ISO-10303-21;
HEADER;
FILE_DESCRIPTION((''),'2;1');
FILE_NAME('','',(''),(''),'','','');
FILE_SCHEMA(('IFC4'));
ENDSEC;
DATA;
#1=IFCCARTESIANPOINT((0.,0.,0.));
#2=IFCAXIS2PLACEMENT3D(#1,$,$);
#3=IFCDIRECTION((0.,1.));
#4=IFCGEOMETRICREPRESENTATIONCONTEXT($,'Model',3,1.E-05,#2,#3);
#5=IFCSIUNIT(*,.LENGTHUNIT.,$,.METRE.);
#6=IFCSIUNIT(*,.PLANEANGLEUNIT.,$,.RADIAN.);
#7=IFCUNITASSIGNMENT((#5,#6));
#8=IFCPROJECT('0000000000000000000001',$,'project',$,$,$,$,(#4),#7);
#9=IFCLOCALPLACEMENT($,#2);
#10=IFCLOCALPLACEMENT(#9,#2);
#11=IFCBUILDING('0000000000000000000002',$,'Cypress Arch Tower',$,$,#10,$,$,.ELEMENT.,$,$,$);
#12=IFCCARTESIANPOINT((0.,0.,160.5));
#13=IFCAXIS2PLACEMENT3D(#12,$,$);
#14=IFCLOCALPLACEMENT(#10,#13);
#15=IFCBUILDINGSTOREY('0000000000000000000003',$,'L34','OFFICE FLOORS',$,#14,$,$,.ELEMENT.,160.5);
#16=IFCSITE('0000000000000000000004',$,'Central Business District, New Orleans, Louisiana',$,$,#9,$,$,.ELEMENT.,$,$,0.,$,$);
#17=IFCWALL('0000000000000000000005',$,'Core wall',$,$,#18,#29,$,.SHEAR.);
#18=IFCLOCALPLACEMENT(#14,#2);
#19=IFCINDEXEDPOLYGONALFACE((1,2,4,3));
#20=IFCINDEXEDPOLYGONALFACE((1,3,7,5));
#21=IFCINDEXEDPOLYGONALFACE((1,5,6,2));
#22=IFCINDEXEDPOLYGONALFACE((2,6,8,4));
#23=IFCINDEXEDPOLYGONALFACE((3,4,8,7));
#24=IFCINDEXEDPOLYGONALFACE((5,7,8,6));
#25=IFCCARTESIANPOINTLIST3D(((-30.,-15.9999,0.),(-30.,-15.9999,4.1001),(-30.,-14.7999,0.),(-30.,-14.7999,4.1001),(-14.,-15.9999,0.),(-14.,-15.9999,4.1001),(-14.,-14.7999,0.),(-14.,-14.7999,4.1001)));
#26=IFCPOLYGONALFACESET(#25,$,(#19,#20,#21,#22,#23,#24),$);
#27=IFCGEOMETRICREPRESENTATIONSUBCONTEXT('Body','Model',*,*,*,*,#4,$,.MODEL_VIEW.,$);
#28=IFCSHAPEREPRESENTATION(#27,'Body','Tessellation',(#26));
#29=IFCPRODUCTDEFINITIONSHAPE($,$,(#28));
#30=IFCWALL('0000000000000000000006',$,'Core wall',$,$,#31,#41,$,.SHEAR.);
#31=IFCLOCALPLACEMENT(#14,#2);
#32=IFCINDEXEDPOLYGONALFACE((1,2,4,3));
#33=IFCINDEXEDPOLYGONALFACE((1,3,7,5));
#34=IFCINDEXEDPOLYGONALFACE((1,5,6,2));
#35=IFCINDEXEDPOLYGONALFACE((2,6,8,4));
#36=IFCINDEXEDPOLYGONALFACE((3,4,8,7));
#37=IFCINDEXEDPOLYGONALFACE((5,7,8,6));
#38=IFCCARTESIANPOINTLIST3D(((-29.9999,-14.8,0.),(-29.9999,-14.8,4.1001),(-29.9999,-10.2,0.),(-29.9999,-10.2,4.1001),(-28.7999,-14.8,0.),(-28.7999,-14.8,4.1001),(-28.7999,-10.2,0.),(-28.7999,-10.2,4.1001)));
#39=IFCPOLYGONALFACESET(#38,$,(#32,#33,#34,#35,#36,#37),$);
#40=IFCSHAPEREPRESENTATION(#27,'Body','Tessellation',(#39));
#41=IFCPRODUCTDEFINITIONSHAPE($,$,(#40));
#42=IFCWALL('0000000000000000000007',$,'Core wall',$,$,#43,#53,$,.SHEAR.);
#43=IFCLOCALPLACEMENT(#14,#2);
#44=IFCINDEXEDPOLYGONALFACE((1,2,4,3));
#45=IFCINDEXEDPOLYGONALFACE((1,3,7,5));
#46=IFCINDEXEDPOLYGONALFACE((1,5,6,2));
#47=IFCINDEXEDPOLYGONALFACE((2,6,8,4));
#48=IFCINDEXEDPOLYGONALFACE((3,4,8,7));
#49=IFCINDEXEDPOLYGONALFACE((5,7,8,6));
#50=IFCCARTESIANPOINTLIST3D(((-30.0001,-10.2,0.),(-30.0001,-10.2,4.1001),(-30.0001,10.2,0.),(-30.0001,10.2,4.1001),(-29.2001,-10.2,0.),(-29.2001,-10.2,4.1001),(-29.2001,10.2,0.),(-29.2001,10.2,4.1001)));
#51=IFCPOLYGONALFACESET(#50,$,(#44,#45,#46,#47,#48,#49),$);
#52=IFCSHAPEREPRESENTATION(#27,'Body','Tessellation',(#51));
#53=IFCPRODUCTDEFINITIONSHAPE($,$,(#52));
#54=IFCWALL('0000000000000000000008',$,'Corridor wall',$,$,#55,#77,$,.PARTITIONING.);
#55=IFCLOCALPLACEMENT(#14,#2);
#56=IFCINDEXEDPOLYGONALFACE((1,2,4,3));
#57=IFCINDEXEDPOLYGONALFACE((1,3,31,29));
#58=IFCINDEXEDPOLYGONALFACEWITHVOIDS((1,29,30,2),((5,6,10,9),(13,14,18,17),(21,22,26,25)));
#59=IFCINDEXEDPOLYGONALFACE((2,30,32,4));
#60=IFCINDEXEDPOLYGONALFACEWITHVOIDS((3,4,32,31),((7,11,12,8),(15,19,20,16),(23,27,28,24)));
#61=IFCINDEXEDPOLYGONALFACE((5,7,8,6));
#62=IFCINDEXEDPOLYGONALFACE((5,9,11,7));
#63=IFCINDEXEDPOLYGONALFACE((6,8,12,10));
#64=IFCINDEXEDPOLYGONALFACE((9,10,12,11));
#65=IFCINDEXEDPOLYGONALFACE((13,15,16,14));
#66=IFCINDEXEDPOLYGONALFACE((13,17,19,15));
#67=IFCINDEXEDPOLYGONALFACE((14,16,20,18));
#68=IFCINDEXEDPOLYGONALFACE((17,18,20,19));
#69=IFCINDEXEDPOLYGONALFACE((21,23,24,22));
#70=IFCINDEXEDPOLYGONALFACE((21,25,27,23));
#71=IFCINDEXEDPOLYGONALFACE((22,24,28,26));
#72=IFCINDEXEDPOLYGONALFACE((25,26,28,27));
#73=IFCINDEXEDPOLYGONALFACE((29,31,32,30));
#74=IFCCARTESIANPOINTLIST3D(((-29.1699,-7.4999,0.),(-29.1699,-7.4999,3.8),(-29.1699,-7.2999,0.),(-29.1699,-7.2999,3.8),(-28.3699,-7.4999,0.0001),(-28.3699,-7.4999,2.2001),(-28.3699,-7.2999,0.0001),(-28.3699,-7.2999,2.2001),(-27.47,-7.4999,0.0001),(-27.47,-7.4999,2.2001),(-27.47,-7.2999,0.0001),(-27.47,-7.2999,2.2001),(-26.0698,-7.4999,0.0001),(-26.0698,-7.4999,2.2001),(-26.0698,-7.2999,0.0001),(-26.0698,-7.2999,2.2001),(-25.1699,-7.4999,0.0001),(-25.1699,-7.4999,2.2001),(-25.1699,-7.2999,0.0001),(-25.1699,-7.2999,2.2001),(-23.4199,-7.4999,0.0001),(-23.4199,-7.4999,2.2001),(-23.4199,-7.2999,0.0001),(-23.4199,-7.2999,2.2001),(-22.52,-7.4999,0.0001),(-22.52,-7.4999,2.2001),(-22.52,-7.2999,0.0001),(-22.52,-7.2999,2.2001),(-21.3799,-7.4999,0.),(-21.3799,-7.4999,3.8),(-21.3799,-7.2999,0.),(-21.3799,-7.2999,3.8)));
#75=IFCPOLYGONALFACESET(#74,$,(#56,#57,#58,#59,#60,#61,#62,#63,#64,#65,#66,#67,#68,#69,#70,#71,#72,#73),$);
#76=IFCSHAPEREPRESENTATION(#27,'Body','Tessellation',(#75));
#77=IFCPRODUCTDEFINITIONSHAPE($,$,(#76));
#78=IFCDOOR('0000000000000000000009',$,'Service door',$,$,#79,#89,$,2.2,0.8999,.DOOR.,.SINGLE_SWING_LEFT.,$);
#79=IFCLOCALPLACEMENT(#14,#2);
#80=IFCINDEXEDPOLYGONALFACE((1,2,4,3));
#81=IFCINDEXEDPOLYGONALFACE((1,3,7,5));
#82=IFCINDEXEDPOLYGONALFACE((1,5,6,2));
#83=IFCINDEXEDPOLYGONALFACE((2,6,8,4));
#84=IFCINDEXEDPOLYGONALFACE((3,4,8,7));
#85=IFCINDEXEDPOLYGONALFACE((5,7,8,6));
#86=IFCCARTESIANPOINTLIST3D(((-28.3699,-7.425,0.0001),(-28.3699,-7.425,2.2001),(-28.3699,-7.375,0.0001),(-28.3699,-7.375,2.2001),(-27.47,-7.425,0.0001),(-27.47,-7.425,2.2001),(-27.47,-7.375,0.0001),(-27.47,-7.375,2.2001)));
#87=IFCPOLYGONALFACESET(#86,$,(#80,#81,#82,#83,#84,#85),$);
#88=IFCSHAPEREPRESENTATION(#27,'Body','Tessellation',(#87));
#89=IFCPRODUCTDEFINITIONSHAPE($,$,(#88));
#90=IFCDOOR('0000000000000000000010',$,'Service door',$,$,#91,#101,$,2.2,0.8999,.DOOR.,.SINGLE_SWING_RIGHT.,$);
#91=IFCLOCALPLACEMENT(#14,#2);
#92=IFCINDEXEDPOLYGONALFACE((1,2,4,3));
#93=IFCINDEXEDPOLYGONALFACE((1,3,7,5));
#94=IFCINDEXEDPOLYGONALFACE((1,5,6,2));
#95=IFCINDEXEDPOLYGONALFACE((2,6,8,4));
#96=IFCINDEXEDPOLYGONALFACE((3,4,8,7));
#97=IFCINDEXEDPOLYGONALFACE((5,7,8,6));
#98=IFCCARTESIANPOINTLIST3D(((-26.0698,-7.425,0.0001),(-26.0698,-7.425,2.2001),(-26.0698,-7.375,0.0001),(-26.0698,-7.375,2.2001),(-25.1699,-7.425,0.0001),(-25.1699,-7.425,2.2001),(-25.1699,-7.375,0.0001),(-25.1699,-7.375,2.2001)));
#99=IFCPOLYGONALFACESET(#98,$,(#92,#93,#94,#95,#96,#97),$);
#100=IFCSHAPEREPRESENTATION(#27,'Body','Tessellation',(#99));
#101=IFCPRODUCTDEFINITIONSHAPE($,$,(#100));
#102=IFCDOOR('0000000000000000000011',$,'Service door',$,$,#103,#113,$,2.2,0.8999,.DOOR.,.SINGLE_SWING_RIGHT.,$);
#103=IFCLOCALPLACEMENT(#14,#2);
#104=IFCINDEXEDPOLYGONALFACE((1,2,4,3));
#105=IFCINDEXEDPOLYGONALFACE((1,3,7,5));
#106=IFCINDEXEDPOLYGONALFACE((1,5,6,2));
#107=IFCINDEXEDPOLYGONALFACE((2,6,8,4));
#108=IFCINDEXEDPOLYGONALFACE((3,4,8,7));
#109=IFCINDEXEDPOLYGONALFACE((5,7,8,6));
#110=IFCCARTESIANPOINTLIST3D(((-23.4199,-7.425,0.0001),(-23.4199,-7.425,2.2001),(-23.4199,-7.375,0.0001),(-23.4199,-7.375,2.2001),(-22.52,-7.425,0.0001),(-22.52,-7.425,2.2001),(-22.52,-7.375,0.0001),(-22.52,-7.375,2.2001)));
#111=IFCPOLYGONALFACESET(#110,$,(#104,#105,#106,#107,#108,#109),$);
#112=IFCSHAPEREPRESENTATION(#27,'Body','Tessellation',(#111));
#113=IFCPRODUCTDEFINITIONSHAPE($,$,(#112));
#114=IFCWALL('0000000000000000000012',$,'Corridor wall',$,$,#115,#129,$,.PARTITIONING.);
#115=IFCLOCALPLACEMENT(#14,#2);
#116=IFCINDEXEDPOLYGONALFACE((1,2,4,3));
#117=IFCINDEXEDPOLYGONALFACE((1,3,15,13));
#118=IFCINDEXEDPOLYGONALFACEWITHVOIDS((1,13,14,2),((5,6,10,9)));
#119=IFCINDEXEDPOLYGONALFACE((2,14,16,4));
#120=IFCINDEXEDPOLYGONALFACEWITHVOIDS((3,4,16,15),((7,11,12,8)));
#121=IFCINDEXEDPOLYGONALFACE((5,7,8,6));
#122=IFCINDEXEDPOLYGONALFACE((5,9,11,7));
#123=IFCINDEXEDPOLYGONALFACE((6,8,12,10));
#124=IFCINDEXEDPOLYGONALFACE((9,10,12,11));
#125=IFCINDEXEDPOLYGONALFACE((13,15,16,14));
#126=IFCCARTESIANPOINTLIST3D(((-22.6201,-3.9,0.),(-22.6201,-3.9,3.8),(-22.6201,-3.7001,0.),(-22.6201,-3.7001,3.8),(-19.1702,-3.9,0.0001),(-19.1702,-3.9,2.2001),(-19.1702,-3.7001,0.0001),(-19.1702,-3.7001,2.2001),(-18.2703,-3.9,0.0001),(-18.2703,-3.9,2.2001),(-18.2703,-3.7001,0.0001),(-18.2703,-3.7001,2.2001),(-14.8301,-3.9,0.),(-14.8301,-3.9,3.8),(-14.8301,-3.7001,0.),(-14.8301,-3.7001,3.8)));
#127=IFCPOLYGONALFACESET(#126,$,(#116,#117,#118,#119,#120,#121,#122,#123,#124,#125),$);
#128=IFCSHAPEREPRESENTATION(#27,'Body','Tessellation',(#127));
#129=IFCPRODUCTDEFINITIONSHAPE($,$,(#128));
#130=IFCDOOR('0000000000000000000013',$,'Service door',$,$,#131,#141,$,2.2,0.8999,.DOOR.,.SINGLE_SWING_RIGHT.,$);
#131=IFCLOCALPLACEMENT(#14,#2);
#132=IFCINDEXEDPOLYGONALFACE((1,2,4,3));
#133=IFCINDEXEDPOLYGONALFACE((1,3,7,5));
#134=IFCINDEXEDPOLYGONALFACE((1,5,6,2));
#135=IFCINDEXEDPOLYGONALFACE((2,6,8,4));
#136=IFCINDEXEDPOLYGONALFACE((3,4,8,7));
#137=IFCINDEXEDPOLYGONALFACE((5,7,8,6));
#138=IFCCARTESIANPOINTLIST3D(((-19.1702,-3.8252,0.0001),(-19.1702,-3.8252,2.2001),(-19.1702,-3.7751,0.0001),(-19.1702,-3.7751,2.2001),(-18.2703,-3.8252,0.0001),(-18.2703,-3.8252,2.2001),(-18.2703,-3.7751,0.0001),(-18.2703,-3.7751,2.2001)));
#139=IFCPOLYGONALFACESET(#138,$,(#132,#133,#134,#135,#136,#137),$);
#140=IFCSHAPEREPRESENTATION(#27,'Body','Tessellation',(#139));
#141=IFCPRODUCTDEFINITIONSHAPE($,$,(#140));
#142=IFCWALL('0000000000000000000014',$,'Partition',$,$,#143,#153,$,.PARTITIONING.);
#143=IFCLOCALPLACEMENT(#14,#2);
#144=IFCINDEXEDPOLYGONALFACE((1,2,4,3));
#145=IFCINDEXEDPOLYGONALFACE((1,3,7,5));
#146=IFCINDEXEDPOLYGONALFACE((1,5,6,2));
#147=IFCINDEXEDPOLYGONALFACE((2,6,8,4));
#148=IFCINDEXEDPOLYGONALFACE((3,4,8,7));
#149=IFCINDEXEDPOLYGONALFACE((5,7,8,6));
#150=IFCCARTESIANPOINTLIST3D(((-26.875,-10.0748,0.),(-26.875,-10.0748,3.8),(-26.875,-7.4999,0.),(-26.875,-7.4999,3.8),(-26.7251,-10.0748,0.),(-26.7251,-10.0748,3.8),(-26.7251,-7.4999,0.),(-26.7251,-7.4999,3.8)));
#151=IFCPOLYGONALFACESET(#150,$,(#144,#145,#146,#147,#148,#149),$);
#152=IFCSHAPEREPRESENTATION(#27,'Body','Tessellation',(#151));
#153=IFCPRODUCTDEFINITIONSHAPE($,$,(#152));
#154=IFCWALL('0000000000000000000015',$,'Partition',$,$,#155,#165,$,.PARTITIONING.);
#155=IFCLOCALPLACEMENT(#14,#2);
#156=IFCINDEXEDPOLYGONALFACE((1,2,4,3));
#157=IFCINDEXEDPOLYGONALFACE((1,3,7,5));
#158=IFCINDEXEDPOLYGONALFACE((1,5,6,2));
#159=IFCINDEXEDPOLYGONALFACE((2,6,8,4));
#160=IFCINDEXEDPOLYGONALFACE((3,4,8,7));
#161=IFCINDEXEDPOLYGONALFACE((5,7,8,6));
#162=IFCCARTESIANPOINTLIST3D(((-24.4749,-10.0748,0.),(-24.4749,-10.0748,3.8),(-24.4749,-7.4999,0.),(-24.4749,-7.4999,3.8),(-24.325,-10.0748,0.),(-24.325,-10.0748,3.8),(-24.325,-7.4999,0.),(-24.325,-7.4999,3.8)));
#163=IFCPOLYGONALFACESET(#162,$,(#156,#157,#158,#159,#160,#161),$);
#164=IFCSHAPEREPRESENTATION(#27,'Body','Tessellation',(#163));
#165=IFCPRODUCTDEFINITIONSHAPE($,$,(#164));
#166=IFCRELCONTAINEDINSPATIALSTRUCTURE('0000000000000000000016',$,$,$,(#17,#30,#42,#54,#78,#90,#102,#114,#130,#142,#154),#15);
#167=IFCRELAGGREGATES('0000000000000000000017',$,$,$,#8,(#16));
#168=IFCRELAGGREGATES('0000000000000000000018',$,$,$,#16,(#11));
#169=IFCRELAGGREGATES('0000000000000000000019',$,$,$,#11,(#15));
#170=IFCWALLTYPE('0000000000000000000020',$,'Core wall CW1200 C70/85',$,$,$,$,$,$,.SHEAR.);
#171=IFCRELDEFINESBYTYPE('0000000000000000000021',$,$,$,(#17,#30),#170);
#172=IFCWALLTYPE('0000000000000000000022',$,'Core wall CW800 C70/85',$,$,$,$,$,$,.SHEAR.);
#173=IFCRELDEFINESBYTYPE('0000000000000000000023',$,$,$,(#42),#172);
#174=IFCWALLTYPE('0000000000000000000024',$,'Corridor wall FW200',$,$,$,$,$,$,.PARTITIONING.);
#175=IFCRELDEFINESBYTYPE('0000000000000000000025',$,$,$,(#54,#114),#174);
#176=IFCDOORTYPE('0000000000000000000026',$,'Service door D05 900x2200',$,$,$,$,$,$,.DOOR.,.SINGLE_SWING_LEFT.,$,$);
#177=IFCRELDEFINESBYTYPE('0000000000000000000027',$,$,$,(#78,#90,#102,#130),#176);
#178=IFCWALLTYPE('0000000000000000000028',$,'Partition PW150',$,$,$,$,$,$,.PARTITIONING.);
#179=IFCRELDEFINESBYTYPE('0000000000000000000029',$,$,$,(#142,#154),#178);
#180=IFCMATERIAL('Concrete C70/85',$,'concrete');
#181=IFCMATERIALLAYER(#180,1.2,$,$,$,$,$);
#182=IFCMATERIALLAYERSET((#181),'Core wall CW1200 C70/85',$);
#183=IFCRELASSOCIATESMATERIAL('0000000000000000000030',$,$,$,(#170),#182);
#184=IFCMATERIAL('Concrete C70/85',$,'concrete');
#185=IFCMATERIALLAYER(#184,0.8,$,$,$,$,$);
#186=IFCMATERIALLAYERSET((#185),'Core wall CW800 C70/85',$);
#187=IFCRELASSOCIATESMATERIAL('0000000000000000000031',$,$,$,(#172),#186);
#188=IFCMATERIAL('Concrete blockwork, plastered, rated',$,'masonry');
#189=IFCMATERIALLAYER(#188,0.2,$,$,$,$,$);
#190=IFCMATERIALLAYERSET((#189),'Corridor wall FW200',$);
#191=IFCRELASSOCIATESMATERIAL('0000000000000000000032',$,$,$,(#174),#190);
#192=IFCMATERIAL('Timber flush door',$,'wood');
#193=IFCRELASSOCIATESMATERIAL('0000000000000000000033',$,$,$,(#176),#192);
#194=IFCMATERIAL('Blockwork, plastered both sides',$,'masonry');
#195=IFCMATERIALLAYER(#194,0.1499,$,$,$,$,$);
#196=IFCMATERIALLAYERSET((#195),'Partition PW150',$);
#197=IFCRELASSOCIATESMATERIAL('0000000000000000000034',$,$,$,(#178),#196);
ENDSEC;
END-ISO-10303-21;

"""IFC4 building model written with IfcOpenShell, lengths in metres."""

from ifc_helpers import new_model, si_unit, direction, frame, frame_2d, origin, place, context, subcontext, project, spatial, rectangle, extrude, material, layer, layer_set, type_object, element, fill, save


model = new_model("IFC4")

# Units and contexts
model_context = context("Model", 3, precision=1e-05, world=origin(), true_north=direction((0.0, 1.0)))
body_context = subcontext(model_context, "Body", "Model", "MODEL_VIEW")
ifc_project = project(units=[si_unit("LENGTHUNIT", "METRE"), si_unit("PLANEANGLEUNIT", "RADIAN")], contexts=[model_context])

# Site, building, storey
site_placement = place(None, origin())
site = spatial("IfcSite", under=ifc_project, at=site_placement, Name="Central Business District, New Orleans, Louisiana", CompositionType="ELEMENT", RefElevation=0.0)
building_placement = place(site_placement, origin())
building = spatial("IfcBuilding", under=site, at=building_placement, Name="Cypress Arch Tower", CompositionType="ELEMENT")
storey_placement = place(building_placement, frame((0.0, 0.0, 160.5)))
storey = spatial("IfcBuildingStorey", under=building, at=storey_placement, Name="L34", Description="OFFICE FLOORS", CompositionType="ELEMENT", Elevation=160.5)

# Walls
ifc_material_1 = material(Name="Concrete C70/85", Category="concrete")
ifc_layer_1 = layer(ifc_material_1, 1.2)
ifc_layer_set_1 = layer_set([ifc_layer_1], Name="Core wall CW1200 C70/85")
wall_type_1 = type_object("IfcWallType", Name="Core wall CW1200 C70/85", PredefinedType="SHEAR", material=ifc_layer_set_1)
wall_1_placement = place(storey_placement, frame((-30.0, -15.3999, 0.0), z_axis=(0.0, 0.0, 1.0), x_axis=(1.0, 0.0, 0.0)))
element("IfcWall", 1, at=wall_1_placement, inside=storey, type_object=wall_type_1, Name="Core wall", PredefinedType="SHEAR", context=body_context, shape_type="SweptSolid", body=[
    extrude(rectangle(XDim=16.0, YDim=1.2, at=frame_2d((8.0, 0.0))), origin(), (0.0, 0.0, 1.0), 4.1001),
])
wall_2_placement = place(storey_placement, frame((-29.3999, -14.8, 0.0), z_axis=(0.0, 0.0, 1.0), x_axis=(0.0, 1.0, 0.0)))
element("IfcWall", 2, at=wall_2_placement, inside=storey, type_object=wall_type_1, Name="Core wall", PredefinedType="SHEAR", context=body_context, shape_type="SweptSolid", body=[
    extrude(rectangle(XDim=4.6001, YDim=1.2, at=frame_2d((2.3, 0.0))), origin(), (0.0, 0.0, 1.0), 4.1001),
])
ifc_material_2 = material(Name="Concrete C70/85", Category="concrete")
ifc_layer_2 = layer(ifc_material_2, 0.8)
ifc_layer_set_2 = layer_set([ifc_layer_2], Name="Core wall CW800 C70/85")
wall_type_2 = type_object("IfcWallType", Name="Core wall CW800 C70/85", PredefinedType="SHEAR", material=ifc_layer_set_2)
wall_3_placement = place(storey_placement, frame((-29.6001, -10.2, 0.0), z_axis=(0.0, 0.0, 1.0), x_axis=(0.0, 1.0, 0.0)))
element("IfcWall", 3, at=wall_3_placement, inside=storey, type_object=wall_type_2, Name="Core wall", PredefinedType="SHEAR", context=body_context, shape_type="SweptSolid", body=[
    extrude(rectangle(XDim=20.3999, YDim=0.8, at=frame_2d((10.2, 0.0))), origin(), (0.0, 0.0, 1.0), 4.1001),
])

# Wall, openings, doors
ifc_material_3 = material(Name="Concrete blockwork, plastered, rated", Category="masonry")
ifc_layer_3 = layer(ifc_material_3, 0.2)
ifc_layer_set_3 = layer_set([ifc_layer_3], Name="Corridor wall FW200")
wall_type_3 = type_object("IfcWallType", Name="Corridor wall FW200", PredefinedType="PARTITIONING", material=ifc_layer_set_3)
wall_4_placement = place(storey_placement, frame((-29.1699, -7.3999, 0.0), z_axis=(0.0, 0.0, 1.0), x_axis=(1.0, 0.0, 0.0)))
wall_4 = element("IfcWall", 4, at=wall_4_placement, inside=storey, type_object=wall_type_3, Name="Corridor wall", PredefinedType="PARTITIONING", context=body_context, shape_type="SweptSolid", body=[
    extrude(rectangle(XDim=7.79, YDim=0.2, at=frame_2d((3.895, 0.0))), origin(), (0.0, 0.0, 1.0), 3.8),
])
opening_1_placement = place(wall_4_placement, frame((0.8, 0.0, 0.0)))
opening_1 = element("IfcOpeningElement", 5, at=opening_1_placement, cuts=wall_4, PredefinedType="OPENING", context=body_context, shape_type="SweptSolid", body=[
    extrude(rectangle(XDim=0.8999, YDim=2.2, at=frame_2d((0.45, 1.1001))), frame((0.0, 0.1099, 0.0), z_axis=(0.0, -1.0, 0.0), x_axis=(1.0, 0.0, 0.0)), (0.0, 0.0, 1.0), 0.22),
])
opening_2_placement = place(wall_4_placement, frame((3.1001, 0.0, 0.0)))
opening_2 = element("IfcOpeningElement", 6, at=opening_2_placement, cuts=wall_4, PredefinedType="OPENING", context=body_context, shape_type="SweptSolid", body=[
    extrude(rectangle(XDim=0.8999, YDim=2.2, at=frame_2d((0.45, 1.1001))), frame((0.0, 0.1099, 0.0), z_axis=(0.0, -1.0, 0.0), x_axis=(1.0, 0.0, 0.0)), (0.0, 0.0, 1.0), 0.22),
])
opening_3_placement = place(wall_4_placement, frame((5.75, 0.0, 0.0)))
opening_3 = element("IfcOpeningElement", 7, at=opening_3_placement, cuts=wall_4, PredefinedType="OPENING", context=body_context, shape_type="SweptSolid", body=[
    extrude(rectangle(XDim=0.8999, YDim=2.2, at=frame_2d((0.45, 1.1001))), frame((0.0, 0.1099, 0.0), z_axis=(0.0, -1.0, 0.0), x_axis=(1.0, 0.0, 0.0)), (0.0, 0.0, 1.0), 0.22),
])
ifc_material_4 = material(Name="Timber flush door", Category="wood")
door_type_1 = type_object("IfcDoorType", Name="Service door D05 900x2200", OperationType="SINGLE_SWING_LEFT", PredefinedType="DOOR", material=ifc_material_4)
door_1_placement = place(opening_1_placement, origin())
door_1 = element("IfcDoor", 8, at=door_1_placement, inside=storey, type_object=door_type_1, Name="Service door", OperationType="SINGLE_SWING_LEFT", OverallHeight=2.2, OverallWidth=0.8999, PredefinedType="DOOR", context=body_context, shape_type="SweptSolid", body=[
    extrude(rectangle(XDim=0.8999, YDim=2.2, at=frame_2d((0.45, 1.1001))), frame((0.0, 0.0249, 0.0), z_axis=(0.0, -1.0, 0.0), x_axis=(1.0, 0.0, 0.0)), (0.0, 0.0, 1.0), 0.05),
])
fill(opening_1, door_1)
door_2_placement = place(opening_2_placement, origin())
door_2 = element("IfcDoor", 9, at=door_2_placement, inside=storey, type_object=door_type_1, Name="Service door", OperationType="SINGLE_SWING_RIGHT", OverallHeight=2.2, OverallWidth=0.8999, PredefinedType="DOOR", context=body_context, shape_type="SweptSolid", body=[
    extrude(rectangle(XDim=0.8999, YDim=2.2, at=frame_2d((0.45, 1.1001))), frame((0.0, 0.0249, 0.0), z_axis=(0.0, -1.0, 0.0), x_axis=(1.0, 0.0, 0.0)), (0.0, 0.0, 1.0), 0.05),
])
fill(opening_2, door_2)
door_3_placement = place(opening_3_placement, origin())
door_3 = element("IfcDoor", 10, at=door_3_placement, inside=storey, type_object=door_type_1, Name="Service door", OperationType="SINGLE_SWING_RIGHT", OverallHeight=2.2, OverallWidth=0.8999, PredefinedType="DOOR", context=body_context, shape_type="SweptSolid", body=[
    extrude(rectangle(XDim=0.8999, YDim=2.2, at=frame_2d((0.45, 1.1001))), frame((0.0, 0.0249, 0.0), z_axis=(0.0, -1.0, 0.0), x_axis=(1.0, 0.0, 0.0)), (0.0, 0.0, 1.0), 0.05),
])
fill(opening_3, door_3)

# Wall, opening, door
wall_5_placement = place(storey_placement, frame((-22.6201, -3.8, 0.0), z_axis=(0.0, 0.0, 1.0), x_axis=(1.0, 0.0, 0.0)))
wall_5 = element("IfcWall", 11, at=wall_5_placement, inside=storey, type_object=wall_type_3, Name="Corridor wall", PredefinedType="PARTITIONING", context=body_context, shape_type="SweptSolid", body=[
    extrude(rectangle(XDim=7.79, YDim=0.2, at=frame_2d((3.895, 0.0))), origin(), (0.0, 0.0, 1.0), 3.8),
])
opening_4_placement = place(wall_5_placement, frame((3.45, 0.0, 0.0)))
opening_4 = element("IfcOpeningElement", 12, at=opening_4_placement, cuts=wall_5, PredefinedType="OPENING", context=body_context, shape_type="SweptSolid", body=[
    extrude(rectangle(XDim=0.8999, YDim=2.2, at=frame_2d((0.45, 1.1001))), frame((0.0, 0.1099, 0.0), z_axis=(0.0, -1.0, 0.0), x_axis=(1.0, 0.0, 0.0)), (0.0, 0.0, 1.0), 0.22),
])
door_4_placement = place(opening_4_placement, origin())
door_4 = element("IfcDoor", 13, at=door_4_placement, inside=storey, type_object=door_type_1, Name="Service door", OperationType="SINGLE_SWING_RIGHT", OverallHeight=2.2, OverallWidth=0.8999, PredefinedType="DOOR", context=body_context, shape_type="SweptSolid", body=[
    extrude(rectangle(XDim=0.8999, YDim=2.2, at=frame_2d((0.45, 1.1001))), frame((0.0, 0.0249, 0.0), z_axis=(0.0, -1.0, 0.0), x_axis=(1.0, 0.0, 0.0)), (0.0, 0.0, 1.0), 0.05),
])
fill(opening_4, door_4)

# Walls
ifc_material_5 = material(Name="Blockwork, plastered both sides", Category="masonry")
ifc_layer_4 = layer(ifc_material_5, 0.1499)
ifc_layer_set_4 = layer_set([ifc_layer_4], Name="Partition PW150")
wall_type_4 = type_object("IfcWallType", Name="Partition PW150", PredefinedType="PARTITIONING", material=ifc_layer_set_4)
for number, where, z_axis, x_axis, name in (
    (14, (-26.8, -10.075, 0.0), (0.0, 0.0, 1.0), (0.0, 1.0, 0.0), "Partition"),
    (15, (-24.3999, -10.075, 0.0), (0.0, 0.0, 1.0), (0.0, 1.0, 0.0), "Partition"),
):
    element("IfcWall", number, at=place(storey_placement, frame(where, z_axis=z_axis, x_axis=x_axis)), inside=storey, type_object=wall_type_4, Name=name, PredefinedType="PARTITIONING", context=body_context, shape_type="SweptSolid", body=[
        extrude(rectangle(XDim=2.575, YDim=0.1499, at=frame_2d((1.2876, 0.0))), origin(), (0.0, 0.0, 1.0), 3.8),
    ])

save(model, "model.ifc")
